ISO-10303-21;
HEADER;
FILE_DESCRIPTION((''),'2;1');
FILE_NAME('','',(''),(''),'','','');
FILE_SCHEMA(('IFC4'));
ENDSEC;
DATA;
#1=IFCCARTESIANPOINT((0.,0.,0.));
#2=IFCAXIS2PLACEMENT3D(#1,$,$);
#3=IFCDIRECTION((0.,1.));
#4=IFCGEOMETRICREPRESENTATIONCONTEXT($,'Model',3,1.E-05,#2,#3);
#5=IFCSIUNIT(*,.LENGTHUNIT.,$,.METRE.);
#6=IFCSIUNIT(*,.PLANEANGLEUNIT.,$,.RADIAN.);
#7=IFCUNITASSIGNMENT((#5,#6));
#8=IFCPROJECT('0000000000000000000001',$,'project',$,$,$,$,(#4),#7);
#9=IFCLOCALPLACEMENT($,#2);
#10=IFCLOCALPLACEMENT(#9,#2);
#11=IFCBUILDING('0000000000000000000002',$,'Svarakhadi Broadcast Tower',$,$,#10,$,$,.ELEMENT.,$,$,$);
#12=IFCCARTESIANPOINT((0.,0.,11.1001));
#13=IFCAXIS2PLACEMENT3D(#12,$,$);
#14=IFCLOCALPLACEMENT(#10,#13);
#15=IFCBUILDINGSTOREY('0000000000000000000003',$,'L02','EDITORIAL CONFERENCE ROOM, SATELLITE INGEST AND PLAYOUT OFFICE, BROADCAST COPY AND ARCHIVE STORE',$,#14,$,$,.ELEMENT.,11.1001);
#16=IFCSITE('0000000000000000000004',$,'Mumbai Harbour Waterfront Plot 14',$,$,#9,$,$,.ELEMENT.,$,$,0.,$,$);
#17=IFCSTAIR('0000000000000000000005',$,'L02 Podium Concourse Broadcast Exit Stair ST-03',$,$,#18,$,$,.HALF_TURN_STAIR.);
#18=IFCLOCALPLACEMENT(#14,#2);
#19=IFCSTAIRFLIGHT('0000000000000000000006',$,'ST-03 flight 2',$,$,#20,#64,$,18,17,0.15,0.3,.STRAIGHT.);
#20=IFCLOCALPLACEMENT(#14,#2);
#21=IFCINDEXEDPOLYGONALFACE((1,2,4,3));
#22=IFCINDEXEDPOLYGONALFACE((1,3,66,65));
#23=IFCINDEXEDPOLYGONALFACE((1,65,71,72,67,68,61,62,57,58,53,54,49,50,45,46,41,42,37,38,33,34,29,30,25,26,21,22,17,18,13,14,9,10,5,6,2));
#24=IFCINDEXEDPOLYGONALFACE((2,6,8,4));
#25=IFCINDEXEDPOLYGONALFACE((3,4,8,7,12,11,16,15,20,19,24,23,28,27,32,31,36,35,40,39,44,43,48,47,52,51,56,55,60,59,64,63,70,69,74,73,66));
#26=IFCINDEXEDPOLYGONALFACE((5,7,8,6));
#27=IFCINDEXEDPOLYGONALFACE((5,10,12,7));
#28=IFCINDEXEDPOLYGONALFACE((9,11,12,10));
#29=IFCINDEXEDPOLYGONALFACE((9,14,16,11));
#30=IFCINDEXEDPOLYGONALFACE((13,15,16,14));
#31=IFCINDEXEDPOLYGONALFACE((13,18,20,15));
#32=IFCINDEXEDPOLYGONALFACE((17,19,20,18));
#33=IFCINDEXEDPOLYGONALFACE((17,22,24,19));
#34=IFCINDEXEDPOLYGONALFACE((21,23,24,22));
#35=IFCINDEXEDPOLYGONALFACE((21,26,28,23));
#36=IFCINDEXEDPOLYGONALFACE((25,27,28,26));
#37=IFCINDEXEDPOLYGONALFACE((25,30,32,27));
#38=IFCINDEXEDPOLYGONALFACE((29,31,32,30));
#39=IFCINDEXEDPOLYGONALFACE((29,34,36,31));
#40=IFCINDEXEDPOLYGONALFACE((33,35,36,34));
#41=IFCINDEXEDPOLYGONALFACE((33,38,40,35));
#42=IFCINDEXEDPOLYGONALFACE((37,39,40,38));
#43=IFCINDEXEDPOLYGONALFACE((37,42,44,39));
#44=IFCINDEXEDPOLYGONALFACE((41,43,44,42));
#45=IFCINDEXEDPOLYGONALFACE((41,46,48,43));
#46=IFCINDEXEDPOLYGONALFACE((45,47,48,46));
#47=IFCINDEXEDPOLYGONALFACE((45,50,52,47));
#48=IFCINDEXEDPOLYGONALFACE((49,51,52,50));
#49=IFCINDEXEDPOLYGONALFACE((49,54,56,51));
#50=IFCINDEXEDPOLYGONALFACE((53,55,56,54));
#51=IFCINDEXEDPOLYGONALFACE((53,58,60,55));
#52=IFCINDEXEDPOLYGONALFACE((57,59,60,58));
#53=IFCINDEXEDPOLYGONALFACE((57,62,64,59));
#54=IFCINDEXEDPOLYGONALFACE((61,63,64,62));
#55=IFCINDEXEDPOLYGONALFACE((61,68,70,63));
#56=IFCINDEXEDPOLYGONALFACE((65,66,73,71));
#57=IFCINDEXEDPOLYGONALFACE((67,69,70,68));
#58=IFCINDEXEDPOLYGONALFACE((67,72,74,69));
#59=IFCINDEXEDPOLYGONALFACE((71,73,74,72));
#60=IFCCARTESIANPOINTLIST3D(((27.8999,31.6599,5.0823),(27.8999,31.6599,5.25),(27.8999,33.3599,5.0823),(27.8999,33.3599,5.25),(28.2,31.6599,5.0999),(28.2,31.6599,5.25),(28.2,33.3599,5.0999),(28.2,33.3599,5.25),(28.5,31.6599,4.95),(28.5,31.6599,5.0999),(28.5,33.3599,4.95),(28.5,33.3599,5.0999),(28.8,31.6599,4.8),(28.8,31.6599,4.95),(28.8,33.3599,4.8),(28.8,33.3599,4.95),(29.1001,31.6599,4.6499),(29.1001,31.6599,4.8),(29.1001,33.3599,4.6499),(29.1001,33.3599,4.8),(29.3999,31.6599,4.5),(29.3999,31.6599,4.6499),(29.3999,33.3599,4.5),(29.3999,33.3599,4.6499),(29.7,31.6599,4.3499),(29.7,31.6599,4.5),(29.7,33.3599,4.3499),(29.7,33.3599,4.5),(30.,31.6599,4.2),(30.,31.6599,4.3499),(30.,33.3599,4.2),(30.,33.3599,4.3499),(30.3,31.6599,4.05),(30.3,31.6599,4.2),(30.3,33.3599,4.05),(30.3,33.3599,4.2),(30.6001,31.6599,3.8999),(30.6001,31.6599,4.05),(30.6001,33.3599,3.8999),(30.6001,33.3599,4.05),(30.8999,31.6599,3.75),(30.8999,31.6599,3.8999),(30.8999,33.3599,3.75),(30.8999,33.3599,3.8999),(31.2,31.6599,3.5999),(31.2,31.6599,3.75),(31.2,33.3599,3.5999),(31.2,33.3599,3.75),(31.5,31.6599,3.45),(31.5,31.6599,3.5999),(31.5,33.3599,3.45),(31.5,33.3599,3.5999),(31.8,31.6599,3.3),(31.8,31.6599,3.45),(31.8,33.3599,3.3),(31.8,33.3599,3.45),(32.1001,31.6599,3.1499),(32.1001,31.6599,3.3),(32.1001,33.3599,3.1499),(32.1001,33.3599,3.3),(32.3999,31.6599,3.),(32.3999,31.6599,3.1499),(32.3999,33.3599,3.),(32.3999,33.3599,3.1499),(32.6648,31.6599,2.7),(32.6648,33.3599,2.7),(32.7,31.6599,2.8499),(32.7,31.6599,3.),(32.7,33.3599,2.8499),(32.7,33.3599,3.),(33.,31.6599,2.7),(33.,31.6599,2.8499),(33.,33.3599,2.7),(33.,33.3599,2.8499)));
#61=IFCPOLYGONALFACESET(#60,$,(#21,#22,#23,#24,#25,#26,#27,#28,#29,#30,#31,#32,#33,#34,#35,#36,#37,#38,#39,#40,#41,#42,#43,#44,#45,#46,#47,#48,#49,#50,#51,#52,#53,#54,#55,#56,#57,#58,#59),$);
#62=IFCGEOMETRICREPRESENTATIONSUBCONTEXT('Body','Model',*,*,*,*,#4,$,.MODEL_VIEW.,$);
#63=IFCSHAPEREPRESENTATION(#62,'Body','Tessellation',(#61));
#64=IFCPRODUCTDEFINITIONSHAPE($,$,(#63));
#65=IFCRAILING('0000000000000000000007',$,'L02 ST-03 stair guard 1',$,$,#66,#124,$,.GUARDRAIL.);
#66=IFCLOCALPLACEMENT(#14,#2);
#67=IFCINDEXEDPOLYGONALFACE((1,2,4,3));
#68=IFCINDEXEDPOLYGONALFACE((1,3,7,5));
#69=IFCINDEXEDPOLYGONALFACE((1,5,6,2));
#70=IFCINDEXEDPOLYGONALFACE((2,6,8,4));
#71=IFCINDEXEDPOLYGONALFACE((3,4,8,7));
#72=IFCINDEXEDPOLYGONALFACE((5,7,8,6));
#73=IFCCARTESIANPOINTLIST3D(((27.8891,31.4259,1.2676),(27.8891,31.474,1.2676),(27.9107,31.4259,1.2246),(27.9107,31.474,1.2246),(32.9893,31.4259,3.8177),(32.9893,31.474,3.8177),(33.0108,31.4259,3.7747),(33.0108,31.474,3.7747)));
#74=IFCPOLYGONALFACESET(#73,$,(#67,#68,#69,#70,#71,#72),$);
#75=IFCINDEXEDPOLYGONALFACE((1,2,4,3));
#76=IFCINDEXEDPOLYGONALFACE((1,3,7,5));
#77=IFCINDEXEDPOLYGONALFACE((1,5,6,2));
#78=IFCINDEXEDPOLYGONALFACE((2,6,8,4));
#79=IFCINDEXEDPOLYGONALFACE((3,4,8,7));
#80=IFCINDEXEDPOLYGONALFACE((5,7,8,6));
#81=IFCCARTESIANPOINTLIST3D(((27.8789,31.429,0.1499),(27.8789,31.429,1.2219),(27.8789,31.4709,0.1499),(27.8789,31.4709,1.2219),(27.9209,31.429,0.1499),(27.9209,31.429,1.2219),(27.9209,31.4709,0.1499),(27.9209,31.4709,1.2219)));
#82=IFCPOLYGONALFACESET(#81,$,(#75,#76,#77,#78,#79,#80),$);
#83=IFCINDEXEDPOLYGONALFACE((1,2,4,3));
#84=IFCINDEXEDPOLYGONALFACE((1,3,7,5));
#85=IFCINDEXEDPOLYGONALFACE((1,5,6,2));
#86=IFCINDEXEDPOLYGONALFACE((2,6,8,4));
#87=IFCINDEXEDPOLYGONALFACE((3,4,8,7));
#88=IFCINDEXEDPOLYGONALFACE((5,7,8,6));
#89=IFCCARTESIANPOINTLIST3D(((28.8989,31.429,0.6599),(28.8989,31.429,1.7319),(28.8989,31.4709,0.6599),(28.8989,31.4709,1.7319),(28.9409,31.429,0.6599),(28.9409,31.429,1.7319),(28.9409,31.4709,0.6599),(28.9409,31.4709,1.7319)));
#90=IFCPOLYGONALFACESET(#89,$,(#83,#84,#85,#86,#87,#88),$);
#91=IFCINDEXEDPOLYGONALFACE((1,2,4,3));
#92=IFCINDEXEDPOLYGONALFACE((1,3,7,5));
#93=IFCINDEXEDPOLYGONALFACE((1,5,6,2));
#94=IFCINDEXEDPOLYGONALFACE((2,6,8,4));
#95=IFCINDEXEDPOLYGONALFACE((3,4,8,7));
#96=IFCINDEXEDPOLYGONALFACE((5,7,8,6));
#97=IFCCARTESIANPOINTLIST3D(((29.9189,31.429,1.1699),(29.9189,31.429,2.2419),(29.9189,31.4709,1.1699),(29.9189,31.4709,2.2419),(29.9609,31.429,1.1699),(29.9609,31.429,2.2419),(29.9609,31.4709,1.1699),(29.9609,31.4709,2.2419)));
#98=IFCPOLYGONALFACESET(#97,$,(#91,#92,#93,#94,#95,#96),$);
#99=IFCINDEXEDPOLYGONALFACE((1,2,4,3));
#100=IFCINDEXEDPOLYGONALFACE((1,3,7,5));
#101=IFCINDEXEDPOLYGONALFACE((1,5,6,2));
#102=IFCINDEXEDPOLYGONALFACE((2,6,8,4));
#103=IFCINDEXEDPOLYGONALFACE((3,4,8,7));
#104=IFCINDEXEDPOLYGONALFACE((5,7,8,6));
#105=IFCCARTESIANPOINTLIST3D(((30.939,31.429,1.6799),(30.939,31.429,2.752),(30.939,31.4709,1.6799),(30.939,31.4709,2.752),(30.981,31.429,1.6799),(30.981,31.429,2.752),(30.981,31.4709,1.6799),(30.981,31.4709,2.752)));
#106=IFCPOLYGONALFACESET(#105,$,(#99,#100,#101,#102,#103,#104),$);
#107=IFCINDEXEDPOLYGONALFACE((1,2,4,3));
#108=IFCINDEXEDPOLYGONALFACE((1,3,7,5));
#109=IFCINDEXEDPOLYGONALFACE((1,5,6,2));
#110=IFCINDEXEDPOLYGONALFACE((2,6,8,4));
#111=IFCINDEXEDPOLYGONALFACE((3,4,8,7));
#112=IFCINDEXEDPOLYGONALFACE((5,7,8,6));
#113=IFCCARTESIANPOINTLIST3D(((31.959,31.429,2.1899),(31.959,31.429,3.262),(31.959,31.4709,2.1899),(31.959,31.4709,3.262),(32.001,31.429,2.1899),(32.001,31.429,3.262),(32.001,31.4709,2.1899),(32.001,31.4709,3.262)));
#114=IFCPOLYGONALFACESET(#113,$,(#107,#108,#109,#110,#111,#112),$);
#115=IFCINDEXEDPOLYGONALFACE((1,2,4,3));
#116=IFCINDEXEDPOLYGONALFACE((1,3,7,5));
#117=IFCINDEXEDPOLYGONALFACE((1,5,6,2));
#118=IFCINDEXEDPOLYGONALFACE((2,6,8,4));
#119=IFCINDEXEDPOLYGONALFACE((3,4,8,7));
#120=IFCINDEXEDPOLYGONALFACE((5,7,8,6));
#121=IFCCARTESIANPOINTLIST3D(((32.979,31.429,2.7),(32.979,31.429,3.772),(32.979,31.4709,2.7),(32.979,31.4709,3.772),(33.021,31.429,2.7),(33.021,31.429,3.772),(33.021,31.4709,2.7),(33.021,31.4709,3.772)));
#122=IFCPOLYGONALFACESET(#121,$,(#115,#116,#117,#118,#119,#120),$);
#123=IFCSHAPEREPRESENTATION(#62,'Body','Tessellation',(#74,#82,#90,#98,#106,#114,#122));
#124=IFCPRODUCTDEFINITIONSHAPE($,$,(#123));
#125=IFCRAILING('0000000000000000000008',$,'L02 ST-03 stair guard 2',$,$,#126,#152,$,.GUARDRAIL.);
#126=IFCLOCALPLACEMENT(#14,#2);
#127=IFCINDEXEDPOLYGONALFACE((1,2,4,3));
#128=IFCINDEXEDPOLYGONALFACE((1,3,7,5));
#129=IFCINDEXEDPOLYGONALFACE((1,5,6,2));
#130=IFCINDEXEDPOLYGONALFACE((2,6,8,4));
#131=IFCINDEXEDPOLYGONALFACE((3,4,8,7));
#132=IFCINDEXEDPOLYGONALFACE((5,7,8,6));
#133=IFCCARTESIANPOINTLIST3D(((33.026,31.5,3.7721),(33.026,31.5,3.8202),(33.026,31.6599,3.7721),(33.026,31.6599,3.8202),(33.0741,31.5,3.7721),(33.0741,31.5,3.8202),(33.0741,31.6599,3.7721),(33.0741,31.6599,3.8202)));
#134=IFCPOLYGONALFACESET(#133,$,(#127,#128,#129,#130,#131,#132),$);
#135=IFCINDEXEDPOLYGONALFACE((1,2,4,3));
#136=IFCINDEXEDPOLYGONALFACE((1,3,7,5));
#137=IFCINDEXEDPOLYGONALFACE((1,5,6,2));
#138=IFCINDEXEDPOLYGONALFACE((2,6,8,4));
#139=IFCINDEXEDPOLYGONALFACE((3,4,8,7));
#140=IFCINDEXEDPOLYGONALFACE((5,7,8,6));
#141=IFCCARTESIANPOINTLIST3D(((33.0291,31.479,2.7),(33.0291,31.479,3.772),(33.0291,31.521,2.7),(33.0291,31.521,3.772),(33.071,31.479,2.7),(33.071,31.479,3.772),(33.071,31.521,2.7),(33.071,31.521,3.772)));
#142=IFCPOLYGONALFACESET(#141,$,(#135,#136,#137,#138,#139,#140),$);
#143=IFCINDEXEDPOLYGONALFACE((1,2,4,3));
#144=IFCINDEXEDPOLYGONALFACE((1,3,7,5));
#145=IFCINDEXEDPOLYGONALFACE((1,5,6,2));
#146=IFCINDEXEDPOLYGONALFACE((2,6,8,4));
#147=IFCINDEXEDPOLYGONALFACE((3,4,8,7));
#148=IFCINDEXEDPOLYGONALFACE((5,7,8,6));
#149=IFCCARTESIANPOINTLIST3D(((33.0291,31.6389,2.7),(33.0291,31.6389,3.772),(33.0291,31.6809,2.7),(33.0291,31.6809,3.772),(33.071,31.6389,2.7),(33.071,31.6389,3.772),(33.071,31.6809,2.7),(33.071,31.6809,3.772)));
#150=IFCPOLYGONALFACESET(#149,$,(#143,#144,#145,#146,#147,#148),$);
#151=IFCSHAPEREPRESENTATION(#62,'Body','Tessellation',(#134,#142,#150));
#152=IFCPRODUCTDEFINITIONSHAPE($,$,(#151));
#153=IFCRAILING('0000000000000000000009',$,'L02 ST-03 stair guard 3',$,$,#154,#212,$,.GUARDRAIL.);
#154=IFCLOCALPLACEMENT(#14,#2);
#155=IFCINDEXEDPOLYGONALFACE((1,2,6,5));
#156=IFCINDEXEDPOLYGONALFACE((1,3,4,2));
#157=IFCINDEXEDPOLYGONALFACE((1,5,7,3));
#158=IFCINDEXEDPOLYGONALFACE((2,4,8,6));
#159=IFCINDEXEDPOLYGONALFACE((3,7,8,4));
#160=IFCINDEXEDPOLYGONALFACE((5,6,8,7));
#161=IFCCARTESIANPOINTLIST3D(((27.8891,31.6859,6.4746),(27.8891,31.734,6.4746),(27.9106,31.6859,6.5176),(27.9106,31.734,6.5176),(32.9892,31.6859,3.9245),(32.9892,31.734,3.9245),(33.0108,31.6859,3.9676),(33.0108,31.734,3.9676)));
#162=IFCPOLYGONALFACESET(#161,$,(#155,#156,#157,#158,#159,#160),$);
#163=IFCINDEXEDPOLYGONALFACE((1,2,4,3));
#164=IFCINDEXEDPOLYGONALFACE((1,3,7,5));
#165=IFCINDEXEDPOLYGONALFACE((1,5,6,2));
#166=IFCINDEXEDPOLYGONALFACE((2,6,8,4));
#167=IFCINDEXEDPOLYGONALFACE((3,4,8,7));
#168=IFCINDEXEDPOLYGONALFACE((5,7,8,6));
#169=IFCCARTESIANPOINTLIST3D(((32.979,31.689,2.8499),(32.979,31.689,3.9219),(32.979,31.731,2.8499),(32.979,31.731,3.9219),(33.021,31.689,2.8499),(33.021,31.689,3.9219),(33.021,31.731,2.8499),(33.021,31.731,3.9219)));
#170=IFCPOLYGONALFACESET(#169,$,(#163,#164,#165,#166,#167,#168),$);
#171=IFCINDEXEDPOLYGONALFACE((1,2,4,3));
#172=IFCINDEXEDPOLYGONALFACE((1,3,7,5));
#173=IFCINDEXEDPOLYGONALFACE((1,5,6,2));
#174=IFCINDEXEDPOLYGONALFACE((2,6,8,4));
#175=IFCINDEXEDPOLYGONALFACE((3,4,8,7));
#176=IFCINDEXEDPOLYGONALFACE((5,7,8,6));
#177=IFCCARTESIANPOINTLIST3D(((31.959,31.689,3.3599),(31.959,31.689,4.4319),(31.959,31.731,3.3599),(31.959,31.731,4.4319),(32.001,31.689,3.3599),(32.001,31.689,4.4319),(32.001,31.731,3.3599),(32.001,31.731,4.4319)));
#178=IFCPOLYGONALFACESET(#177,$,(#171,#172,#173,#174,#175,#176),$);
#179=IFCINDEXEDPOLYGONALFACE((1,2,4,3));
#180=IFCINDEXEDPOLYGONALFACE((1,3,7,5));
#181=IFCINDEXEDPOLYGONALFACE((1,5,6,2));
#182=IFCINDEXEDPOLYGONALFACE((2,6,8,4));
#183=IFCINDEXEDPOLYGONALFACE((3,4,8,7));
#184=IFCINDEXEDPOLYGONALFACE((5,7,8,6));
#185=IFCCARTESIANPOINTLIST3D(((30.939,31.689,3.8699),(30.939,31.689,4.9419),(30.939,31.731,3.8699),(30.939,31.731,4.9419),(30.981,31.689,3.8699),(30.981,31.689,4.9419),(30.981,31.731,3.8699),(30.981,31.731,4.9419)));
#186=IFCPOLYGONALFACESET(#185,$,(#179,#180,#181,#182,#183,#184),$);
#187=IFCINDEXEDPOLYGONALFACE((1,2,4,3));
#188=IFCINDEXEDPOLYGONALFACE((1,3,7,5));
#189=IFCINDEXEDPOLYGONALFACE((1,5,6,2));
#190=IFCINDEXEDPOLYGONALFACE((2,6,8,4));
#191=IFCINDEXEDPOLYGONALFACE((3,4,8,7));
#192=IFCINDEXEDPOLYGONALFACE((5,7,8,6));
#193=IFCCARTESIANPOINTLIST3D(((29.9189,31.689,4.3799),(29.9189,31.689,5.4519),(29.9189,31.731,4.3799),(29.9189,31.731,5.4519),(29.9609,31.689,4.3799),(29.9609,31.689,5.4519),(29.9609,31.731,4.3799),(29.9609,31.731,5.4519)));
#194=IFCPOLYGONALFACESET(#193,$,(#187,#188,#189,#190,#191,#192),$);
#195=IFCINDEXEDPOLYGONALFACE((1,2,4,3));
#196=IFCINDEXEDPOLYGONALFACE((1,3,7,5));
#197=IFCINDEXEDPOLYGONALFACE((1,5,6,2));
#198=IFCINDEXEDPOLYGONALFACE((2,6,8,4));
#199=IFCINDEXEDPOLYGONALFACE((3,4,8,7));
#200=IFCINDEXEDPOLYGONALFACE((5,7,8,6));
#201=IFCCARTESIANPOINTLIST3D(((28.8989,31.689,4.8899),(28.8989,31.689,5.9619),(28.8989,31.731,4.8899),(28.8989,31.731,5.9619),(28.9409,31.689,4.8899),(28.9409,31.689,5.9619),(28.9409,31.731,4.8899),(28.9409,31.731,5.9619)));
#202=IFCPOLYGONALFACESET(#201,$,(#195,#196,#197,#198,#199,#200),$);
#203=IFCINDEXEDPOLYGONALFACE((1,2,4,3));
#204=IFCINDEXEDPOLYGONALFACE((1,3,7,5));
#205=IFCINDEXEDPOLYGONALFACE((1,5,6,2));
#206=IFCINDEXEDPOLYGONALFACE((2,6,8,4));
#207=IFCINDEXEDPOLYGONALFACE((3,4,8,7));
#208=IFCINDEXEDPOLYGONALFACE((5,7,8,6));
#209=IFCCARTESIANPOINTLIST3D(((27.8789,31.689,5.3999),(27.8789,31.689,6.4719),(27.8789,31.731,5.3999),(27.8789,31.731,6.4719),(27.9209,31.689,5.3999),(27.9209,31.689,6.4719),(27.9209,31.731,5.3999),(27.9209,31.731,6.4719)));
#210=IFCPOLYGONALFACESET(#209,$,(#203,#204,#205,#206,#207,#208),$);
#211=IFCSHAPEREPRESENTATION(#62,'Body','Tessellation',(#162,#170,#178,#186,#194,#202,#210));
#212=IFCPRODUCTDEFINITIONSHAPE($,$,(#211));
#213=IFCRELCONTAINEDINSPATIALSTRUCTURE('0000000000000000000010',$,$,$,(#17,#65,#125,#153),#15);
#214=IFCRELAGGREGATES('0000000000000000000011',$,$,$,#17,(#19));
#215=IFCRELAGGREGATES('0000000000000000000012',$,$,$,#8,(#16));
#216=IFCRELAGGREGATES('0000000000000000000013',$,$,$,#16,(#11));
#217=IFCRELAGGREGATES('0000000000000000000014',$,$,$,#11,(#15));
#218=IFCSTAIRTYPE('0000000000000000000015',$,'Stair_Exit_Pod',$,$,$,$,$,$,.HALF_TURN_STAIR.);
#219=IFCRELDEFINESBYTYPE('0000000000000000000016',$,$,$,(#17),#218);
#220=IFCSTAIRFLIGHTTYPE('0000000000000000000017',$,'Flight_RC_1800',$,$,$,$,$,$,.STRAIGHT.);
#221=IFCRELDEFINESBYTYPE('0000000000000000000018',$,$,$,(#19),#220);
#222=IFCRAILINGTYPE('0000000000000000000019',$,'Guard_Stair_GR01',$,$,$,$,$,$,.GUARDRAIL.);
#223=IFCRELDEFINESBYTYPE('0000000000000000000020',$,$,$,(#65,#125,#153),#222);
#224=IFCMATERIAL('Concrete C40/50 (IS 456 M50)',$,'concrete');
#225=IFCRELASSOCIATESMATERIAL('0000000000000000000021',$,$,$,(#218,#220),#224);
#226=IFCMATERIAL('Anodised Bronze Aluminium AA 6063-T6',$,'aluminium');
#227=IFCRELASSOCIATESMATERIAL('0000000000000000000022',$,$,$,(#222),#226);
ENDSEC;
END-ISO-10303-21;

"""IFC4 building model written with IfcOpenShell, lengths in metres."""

from ifc_helpers import new_model, si_unit, direction, frame, origin, origin_2d, place, context, subcontext, project, spatial, polyline, rectangle, outline, extrude, material, type_object, element, aggregate, save


model = new_model("IFC4")

# Units and contexts
model_context = context("Model", 3, precision=1e-05, world=origin(), true_north=direction((0.0, 1.0)))
body_context = subcontext(model_context, "Body", "Model", "MODEL_VIEW")
ifc_project = project(units=[si_unit("LENGTHUNIT", "METRE"), si_unit("PLANEANGLEUNIT", "RADIAN")], contexts=[model_context])

# Site, building, storey
site_placement = place(None, origin())
site = spatial("IfcSite", under=ifc_project, at=site_placement, Name="Mumbai Harbour Waterfront Plot 14", CompositionType="ELEMENT", RefElevation=0.0)
building_placement = place(site_placement, origin())
building = spatial("IfcBuilding", under=site, at=building_placement, Name="Svarakhadi Broadcast Tower", CompositionType="ELEMENT")
storey_placement = place(building_placement, frame((0.0, 0.0, 11.1001)))
storey = spatial("IfcBuildingStorey", under=building, at=storey_placement, Name="L02", Description="EDITORIAL CONFERENCE ROOM, SATELLITE INGEST AND PLAYOUT OFFICE, BROADCAST COPY AND ARCHIVE STORE", CompositionType="ELEMENT", Elevation=11.1001)

# Shared definitions
ifc_material_1 = material(Name="Anodised Bronze Aluminium AA 6063-T6", Category="aluminium")

# Stair, stair flight
ifc_material_2 = material(Name="Concrete C40/50 (IS 456 M50)", Category="concrete")
stair_type = type_object("IfcStairType", Name="Stair_Exit_Pod", PredefinedType="HALF_TURN_STAIR", material=ifc_material_2)
stair_placement = place(storey_placement, origin())
stair = element("IfcStair", 1, at=stair_placement, inside=storey, type_object=stair_type, Name="L02 Podium Concourse Broadcast Exit Stair ST-03", PredefinedType="HALF_TURN_STAIR")
stair_flight_type = type_object("IfcStairFlightType", Name="Flight_RC_1800", PredefinedType="STRAIGHT", material=ifc_material_2)
stair_flight_1_placement = place(storey_placement, frame((33.0, 32.51, 2.7), z_axis=(0.0, 0.0, 1.0), x_axis=(-1.0, 0.0, 0.0)))
stair_flight_1 = element("IfcStairFlight", 2, at=stair_flight_1_placement, type_object=stair_flight_type, Name="ST-03 flight 2", NumberOfRisers=18, NumberOfTreads=17, PredefinedType="STRAIGHT", RiserHeight=0.15, TreadLength=0.3, context=body_context, shape_type="SweptSolid", body=[
    extrude(outline(polyline([(0.0, 0.0), (0.0, 0.1499), (0.3, 0.1499), (0.3, 0.3), (0.6001, 0.3), (0.6001, 0.45), (0.8999, 0.45), (0.8999, 0.6001), (1.2, 0.6001), (1.2, 0.75), (1.5, 0.75), (1.5, 0.8999), (1.8, 0.8999), (1.8, 1.05), (2.1001, 1.05), (2.1001, 1.2), (2.3999, 1.2), (2.3999, 1.3501), (2.7, 1.3501), (2.7, 1.5), (3.0, 1.5), (3.0, 1.6499), (3.3, 1.6499), (3.3, 1.8), (3.6001, 1.8), (3.6001, 1.95), (3.8999, 1.95), (3.8999, 2.1001), (4.2, 2.1001), (4.2, 2.25), (4.5, 2.25), (4.5, 2.3999), (4.8, 2.3999), (4.8, 2.55), (5.1001, 2.55), (5.1001, 2.7), (5.1001, 2.3823), (0.3352, 0.0), (0.0, 0.0)])), frame((0.0, 0.8501, 0.0), z_axis=(0.0, -1.0, 0.0), x_axis=(1.0, 0.0, 0.0)), (0.0, 0.0, 1.0), 1.7),
])
aggregate(stair, [stair_flight_1])

# Railings
railing_type_1 = type_object("IfcRailingType", Name="Guard_Stair_GR01", PredefinedType="GUARDRAIL", material=ifc_material_1)
railing_1_placement = place(storey_placement, frame((27.8999, 31.45, 0.1499)))
element("IfcRailing", 3, at=railing_1_placement, inside=storey, type_object=railing_type_1, Name="L02 ST-03 stair guard 1", PredefinedType="GUARDRAIL", context=body_context, shape_type="SweptSolid", body=[
    extrude(rectangle(XDim=0.0481, YDim=0.0481, at=origin_2d()), frame((0.0, 0.0, 1.0962), z_axis=(0.894427, 0.0, 0.447214), x_axis=(0.0, 1.0, 0.0)), (0.0, 0.0, 1.0), 5.7021),
    extrude(rectangle(XDim=0.042, YDim=0.042, at=origin_2d()), origin(), (0.0, 0.0, 1.0), 1.072),
    extrude(rectangle(XDim=0.042, YDim=0.042, at=origin_2d()), frame((1.02, 0.0, 0.51)), (0.0, 0.0, 1.0), 1.072),
    extrude(rectangle(XDim=0.042, YDim=0.042, at=origin_2d()), frame((2.04, 0.0, 1.02)), (0.0, 0.0, 1.0), 1.072),
    extrude(rectangle(XDim=0.042, YDim=0.042, at=origin_2d()), frame((3.0601, 0.0, 1.53)), (0.0, 0.0, 1.0), 1.072),
    extrude(rectangle(XDim=0.042, YDim=0.042, at=origin_2d()), frame((4.0801, 0.0, 2.04)), (0.0, 0.0, 1.0), 1.072),
    extrude(rectangle(XDim=0.042, YDim=0.042, at=origin_2d()), frame((5.1001, 0.0, 2.55)), (0.0, 0.0, 1.0), 1.072),
])
railing_2_placement = place(storey_placement, frame((33.05, 31.5, 2.7)))
element("IfcRailing", 4, at=railing_2_placement, inside=storey, type_object=railing_type_1, Name="L02 ST-03 stair guard 2", PredefinedType="GUARDRAIL", context=body_context, shape_type="SweptSolid", body=[
    extrude(rectangle(XDim=0.0481, YDim=0.0481, at=origin_2d()), frame((0.0, 0.0, 1.0962), z_axis=(0.0, 1.0, 0.0), x_axis=(-1.0, 0.0, 0.0)), (0.0, 0.0, 1.0), 0.1599),
    extrude(rectangle(XDim=0.042, YDim=0.042, at=origin_2d()), origin(), (0.0, 0.0, 1.0), 1.072),
    extrude(rectangle(XDim=0.042, YDim=0.042, at=origin_2d()), frame((0.0, 0.1599, 0.0)), (0.0, 0.0, 1.0), 1.072),
])
railing_3_placement = place(storey_placement, frame((33.0, 31.71, 2.8499)))
element("IfcRailing", 5, at=railing_3_placement, inside=storey, type_object=railing_type_1, Name="L02 ST-03 stair guard 3", PredefinedType="GUARDRAIL", context=body_context, shape_type="SweptSolid", body=[
    extrude(rectangle(XDim=0.0481, YDim=0.0481, at=origin_2d()), frame((0.0, 0.0, 1.0962), z_axis=(-0.894427, 0.0, 0.447214), x_axis=(0.0, -1.0, 0.0)), (0.0, 0.0, 1.0), 5.7021),
    extrude(rectangle(XDim=0.042, YDim=0.042, at=origin_2d()), origin(), (0.0, 0.0, 1.0), 1.072),
    extrude(rectangle(XDim=0.042, YDim=0.042, at=origin_2d()), frame((-1.02, 0.0, 0.51)), (0.0, 0.0, 1.0), 1.072),
    extrude(rectangle(XDim=0.042, YDim=0.042, at=origin_2d()), frame((-2.04, 0.0, 1.02)), (0.0, 0.0, 1.0), 1.072),
    extrude(rectangle(XDim=0.042, YDim=0.042, at=origin_2d()), frame((-3.0601, 0.0, 1.53)), (0.0, 0.0, 1.0), 1.072),
    extrude(rectangle(XDim=0.042, YDim=0.042, at=origin_2d()), frame((-4.0801, 0.0, 2.04)), (0.0, 0.0, 1.0), 1.072),
    extrude(rectangle(XDim=0.042, YDim=0.042, at=origin_2d()), frame((-5.1001, 0.0, 2.55)), (0.0, 0.0, 1.0), 1.072),
])

save(model, "model.ifc")
